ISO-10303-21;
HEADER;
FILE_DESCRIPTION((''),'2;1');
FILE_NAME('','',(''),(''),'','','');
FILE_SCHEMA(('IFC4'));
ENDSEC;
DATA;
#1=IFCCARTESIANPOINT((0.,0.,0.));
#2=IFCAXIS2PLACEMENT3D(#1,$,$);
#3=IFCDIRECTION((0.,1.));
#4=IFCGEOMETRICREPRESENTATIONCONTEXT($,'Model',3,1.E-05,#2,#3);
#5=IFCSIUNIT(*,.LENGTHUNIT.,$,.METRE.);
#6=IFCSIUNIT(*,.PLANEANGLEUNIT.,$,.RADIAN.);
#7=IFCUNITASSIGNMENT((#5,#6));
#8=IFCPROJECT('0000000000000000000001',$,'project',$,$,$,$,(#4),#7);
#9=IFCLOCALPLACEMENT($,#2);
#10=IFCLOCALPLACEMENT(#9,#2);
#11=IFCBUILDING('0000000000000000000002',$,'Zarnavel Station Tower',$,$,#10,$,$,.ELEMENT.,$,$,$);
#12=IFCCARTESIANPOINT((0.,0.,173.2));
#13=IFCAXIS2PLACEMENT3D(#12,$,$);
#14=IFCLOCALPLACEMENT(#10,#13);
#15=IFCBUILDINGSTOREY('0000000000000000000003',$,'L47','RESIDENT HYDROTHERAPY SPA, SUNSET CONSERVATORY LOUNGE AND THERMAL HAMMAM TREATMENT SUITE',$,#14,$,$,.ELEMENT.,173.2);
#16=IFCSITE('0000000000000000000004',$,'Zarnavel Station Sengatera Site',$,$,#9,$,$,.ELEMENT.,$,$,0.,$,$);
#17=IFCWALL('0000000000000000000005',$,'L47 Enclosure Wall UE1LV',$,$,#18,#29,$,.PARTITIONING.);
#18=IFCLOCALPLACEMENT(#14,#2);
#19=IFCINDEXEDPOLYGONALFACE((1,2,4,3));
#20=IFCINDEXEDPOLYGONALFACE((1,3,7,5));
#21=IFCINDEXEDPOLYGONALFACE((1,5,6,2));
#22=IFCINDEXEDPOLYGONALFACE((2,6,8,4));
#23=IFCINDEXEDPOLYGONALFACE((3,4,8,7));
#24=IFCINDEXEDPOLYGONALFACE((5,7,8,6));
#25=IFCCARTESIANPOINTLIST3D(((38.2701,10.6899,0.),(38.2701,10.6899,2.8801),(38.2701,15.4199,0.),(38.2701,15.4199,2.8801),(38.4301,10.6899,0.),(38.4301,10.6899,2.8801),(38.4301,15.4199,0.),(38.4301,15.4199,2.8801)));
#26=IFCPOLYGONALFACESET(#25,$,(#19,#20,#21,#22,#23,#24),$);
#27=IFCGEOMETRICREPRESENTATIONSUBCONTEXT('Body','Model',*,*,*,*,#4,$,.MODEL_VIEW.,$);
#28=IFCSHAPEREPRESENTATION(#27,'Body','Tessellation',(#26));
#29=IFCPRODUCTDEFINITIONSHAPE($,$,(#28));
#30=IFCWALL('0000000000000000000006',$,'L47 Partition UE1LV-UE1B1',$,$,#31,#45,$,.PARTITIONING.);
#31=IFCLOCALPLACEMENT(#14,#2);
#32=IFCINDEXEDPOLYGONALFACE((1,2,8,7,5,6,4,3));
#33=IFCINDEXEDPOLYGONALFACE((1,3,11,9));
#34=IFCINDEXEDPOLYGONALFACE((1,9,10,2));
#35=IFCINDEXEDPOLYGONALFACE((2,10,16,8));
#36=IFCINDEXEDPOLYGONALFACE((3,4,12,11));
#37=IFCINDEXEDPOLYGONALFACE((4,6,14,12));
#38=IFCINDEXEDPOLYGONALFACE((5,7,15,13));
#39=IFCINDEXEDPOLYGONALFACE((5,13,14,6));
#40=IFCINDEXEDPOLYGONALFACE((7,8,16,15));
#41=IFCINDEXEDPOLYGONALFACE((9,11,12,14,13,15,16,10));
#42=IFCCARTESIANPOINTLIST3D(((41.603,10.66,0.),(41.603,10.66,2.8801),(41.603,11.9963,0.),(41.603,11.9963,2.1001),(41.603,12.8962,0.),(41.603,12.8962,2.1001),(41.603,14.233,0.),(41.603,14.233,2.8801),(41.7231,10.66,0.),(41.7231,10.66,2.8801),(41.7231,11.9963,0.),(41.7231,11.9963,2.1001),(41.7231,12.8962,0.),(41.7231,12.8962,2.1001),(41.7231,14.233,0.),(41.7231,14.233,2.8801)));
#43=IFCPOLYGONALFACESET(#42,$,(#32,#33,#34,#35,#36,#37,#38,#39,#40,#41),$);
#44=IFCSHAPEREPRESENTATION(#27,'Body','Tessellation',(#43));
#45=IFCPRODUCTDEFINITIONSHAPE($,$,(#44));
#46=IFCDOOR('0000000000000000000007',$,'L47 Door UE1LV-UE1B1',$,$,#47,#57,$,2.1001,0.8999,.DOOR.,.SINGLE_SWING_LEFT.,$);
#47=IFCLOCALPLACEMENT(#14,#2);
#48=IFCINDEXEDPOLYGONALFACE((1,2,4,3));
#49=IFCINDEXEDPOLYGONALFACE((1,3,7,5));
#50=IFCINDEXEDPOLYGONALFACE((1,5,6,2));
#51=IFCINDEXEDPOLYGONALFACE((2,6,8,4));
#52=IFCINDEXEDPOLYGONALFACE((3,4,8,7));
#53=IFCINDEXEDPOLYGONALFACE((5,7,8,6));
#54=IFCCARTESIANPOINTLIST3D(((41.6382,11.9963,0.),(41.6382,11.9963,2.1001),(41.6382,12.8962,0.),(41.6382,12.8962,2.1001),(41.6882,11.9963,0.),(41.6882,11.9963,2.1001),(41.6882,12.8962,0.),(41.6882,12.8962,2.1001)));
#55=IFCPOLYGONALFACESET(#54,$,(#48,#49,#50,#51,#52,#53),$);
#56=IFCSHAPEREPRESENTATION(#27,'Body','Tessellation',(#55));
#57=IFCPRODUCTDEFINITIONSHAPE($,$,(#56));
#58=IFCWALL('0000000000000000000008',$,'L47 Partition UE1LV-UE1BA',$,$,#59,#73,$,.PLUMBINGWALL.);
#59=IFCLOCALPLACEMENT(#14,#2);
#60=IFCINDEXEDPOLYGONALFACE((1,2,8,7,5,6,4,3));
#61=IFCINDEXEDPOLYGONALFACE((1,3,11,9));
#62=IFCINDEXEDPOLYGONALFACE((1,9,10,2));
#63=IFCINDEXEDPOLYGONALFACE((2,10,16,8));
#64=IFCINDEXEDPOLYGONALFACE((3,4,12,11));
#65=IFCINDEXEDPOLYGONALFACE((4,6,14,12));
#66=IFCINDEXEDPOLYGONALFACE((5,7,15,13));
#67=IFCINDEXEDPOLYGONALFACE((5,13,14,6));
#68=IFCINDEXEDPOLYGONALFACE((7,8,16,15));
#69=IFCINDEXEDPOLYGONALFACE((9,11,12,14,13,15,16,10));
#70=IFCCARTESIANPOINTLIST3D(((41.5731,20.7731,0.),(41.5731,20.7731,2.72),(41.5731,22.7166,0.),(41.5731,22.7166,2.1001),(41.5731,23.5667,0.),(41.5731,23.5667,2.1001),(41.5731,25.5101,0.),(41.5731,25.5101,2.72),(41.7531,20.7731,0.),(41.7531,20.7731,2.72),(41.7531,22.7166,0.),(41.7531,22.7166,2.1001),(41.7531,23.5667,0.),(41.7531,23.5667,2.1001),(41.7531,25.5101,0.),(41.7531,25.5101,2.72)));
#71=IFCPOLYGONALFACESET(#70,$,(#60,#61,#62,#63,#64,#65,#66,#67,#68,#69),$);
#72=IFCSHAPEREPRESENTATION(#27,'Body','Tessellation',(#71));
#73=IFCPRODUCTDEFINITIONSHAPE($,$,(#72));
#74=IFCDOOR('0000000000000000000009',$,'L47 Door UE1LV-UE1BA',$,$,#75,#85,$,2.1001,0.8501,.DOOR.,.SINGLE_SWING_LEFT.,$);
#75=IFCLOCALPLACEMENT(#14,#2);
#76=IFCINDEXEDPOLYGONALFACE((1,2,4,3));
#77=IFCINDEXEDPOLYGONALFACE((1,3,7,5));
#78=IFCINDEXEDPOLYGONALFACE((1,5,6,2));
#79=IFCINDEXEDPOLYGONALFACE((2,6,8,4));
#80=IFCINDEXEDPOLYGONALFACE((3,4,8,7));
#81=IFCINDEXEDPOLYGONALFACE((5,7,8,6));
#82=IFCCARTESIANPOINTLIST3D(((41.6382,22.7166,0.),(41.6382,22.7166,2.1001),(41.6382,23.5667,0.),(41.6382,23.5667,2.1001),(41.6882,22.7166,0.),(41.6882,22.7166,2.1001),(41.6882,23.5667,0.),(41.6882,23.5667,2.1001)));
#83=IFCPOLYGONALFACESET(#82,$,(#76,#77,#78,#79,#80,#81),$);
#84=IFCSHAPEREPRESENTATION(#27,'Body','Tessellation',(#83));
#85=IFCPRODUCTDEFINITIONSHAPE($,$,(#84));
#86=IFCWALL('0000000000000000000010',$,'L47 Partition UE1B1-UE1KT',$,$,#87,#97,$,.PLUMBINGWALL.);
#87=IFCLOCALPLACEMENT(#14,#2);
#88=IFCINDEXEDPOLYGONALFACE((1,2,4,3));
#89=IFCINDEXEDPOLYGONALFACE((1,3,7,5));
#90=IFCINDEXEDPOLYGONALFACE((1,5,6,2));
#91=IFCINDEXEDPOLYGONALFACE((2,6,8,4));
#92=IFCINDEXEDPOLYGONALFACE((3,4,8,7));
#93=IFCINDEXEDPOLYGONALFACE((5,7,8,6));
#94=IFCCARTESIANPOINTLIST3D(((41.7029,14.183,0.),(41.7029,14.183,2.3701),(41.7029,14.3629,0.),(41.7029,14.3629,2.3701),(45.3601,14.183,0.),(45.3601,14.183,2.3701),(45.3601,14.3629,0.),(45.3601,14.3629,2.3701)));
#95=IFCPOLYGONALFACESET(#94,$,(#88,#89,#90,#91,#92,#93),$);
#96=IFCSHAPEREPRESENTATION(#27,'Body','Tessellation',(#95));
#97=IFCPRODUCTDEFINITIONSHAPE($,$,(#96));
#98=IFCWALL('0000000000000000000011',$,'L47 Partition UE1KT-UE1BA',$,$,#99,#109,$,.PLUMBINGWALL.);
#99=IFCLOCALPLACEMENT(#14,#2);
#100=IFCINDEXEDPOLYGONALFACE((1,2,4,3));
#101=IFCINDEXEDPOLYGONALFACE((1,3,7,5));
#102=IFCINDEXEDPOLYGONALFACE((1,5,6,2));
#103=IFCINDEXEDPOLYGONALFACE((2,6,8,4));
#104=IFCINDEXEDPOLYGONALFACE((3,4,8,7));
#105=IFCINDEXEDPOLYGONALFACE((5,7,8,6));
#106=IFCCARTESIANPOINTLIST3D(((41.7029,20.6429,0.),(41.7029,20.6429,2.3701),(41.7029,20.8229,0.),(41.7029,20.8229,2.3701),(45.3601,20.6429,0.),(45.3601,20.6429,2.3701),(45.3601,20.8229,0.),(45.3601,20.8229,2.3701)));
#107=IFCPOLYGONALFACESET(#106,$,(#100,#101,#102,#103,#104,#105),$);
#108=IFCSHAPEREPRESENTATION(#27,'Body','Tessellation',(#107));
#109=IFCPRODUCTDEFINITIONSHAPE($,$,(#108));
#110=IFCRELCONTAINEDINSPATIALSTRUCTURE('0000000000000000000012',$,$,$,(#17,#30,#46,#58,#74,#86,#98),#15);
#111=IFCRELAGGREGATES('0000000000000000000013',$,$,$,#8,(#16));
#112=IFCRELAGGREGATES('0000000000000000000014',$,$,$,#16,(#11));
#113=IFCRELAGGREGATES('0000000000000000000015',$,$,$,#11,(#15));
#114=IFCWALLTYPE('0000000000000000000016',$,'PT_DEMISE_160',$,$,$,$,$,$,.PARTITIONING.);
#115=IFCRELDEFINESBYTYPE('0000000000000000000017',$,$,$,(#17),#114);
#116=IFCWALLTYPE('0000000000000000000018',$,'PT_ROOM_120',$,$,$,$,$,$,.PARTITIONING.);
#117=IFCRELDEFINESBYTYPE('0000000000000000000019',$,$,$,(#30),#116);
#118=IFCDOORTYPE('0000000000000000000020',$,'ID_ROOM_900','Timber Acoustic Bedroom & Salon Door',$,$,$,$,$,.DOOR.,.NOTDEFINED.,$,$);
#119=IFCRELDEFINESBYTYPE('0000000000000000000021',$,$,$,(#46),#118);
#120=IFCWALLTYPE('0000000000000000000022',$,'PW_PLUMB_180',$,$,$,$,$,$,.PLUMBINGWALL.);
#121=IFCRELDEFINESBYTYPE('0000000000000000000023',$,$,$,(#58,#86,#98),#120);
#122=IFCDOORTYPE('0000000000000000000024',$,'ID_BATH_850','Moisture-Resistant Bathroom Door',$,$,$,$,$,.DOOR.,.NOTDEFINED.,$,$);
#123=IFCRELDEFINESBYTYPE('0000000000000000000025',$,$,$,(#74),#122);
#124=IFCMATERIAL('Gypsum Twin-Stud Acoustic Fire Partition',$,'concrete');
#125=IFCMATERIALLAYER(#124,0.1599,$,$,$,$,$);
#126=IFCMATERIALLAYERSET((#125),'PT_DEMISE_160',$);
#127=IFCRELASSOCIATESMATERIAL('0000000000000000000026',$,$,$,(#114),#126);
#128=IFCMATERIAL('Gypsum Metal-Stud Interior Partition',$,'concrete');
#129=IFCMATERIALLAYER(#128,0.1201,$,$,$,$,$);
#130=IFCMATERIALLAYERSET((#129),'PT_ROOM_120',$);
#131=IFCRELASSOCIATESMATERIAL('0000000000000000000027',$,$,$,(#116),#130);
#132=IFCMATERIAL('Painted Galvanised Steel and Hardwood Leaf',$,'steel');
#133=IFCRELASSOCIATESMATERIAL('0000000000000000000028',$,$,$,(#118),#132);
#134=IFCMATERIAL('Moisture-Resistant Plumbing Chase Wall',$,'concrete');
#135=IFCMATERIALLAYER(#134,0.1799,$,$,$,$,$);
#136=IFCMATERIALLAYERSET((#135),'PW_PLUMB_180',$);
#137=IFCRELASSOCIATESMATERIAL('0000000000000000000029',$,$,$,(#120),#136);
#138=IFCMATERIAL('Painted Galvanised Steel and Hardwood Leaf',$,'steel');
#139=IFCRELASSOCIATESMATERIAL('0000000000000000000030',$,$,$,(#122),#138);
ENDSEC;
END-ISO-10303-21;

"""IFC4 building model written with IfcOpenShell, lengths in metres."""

from ifc_helpers import new_model, si_unit, direction, frame, frame_2d, origin, place, context, subcontext, project, spatial, rectangle, extrude, material, layer, layer_set, type_object, element, fill, save


model = new_model("IFC4")

# Units and contexts
model_context = context("Model", 3, precision=1e-05, world=origin(), true_north=direction((0.0, 1.0)))
body_context = subcontext(model_context, "Body", "Model", "MODEL_VIEW")
ifc_project = project(units=[si_unit("LENGTHUNIT", "METRE"), si_unit("PLANEANGLEUNIT", "RADIAN")], contexts=[model_context])

# Site, building, storey
site_placement = place(None, origin())
site = spatial("IfcSite", under=ifc_project, at=site_placement, Name="Zarnavel Station Sengatera Site", CompositionType="ELEMENT", RefElevation=0.0)
building_placement = place(site_placement, origin())
building = spatial("IfcBuilding", under=site, at=building_placement, Name="Zarnavel Station Tower", CompositionType="ELEMENT")
storey_placement = place(building_placement, frame((0.0, 0.0, 173.2)))
storey = spatial("IfcBuildingStorey", under=building, at=storey_placement, Name="L47", Description="RESIDENT HYDROTHERAPY SPA, SUNSET CONSERVATORY LOUNGE AND THERMAL HAMMAM TREATMENT SUITE", CompositionType="ELEMENT", Elevation=173.2)

# Shared definitions
ifc_material_1 = material(Name="Gypsum Twin-Stud Acoustic Fire Partition", Category="concrete")
ifc_layer_1 = layer(ifc_material_1, 0.1599)
ifc_layer_set_1 = layer_set([ifc_layer_1], Name="PT_DEMISE_160")
wall_type_1 = type_object("IfcWallType", Name="PT_DEMISE_160", PredefinedType="PARTITIONING", material=ifc_layer_set_1)

# Wall
wall_1_placement = place(storey_placement, frame((38.3501, 10.6899, 0.0), z_axis=(0.0, 0.0, 1.0), x_axis=(0.0, 1.0, 0.0)))
element("IfcWall", 1, at=wall_1_placement, inside=storey, type_object=wall_type_1, Name="L47 Enclosure Wall UE1LV", PredefinedType="PARTITIONING", context=body_context, shape_type="SweptSolid", body=[
    extrude(rectangle(XDim=4.73, YDim=0.1599, at=frame_2d((2.365, 0.0))), origin(), (0.0, 0.0, 1.0), 2.8801),
])

# Walls, openings, doors
ifc_material_2 = material(Name="Gypsum Metal-Stud Interior Partition", Category="concrete")
ifc_layer_2 = layer(ifc_material_2, 0.1201)
ifc_layer_set_2 = layer_set([ifc_layer_2], Name="PT_ROOM_120")
wall_type_2 = type_object("IfcWallType", Name="PT_ROOM_120", PredefinedType="PARTITIONING", material=ifc_layer_set_2)
wall_2_placement = place(storey_placement, frame((41.6631, 10.6599, 0.0), z_axis=(0.0, 0.0, 1.0), x_axis=(0.0, 1.0, 0.0)))
wall_2 = element("IfcWall", 2, at=wall_2_placement, inside=storey, type_object=wall_type_2, Name="L47 Partition UE1LV-UE1B1", PredefinedType="PARTITIONING", context=body_context, shape_type="SweptSolid", body=[
    extrude(rectangle(XDim=3.573, YDim=0.1201, at=frame_2d((1.7866, 0.0))), origin(), (0.0, 0.0, 1.0), 2.8801),
])
opening_1_placement = place(wall_2_placement, frame((1.3364, 0.0, 0.0)))
opening_1 = element("IfcOpeningElement", 3, at=opening_1_placement, cuts=wall_2, PredefinedType="OPENING", context=body_context, shape_type="SweptSolid", body=[
    extrude(rectangle(XDim=0.8999, YDim=2.1001, at=frame_2d((0.45, 1.05))), frame((0.0, 0.0701, 0.0), z_axis=(0.0, -1.0, 0.0), x_axis=(1.0, 0.0, 0.0)), (0.0, 0.0, 1.0), 0.1401),
])
ifc_material_3 = material(Name="Painted Galvanised Steel and Hardwood Leaf", Category="steel")
door_type_1 = type_object("IfcDoorType", Name="ID_ROOM_900", Description="Timber Acoustic Bedroom & Salon Door", OperationType="NOTDEFINED", PredefinedType="DOOR", material=ifc_material_3)
door_1_placement = place(opening_1_placement, origin())
door_1 = element("IfcDoor", 4, at=door_1_placement, inside=storey, type_object=door_type_1, Name="L47 Door UE1LV-UE1B1", OperationType="SINGLE_SWING_LEFT", OverallHeight=2.1001, OverallWidth=0.8999, PredefinedType="DOOR", context=body_context, shape_type="SweptSolid", body=[
    extrude(rectangle(XDim=0.8999, YDim=2.1001, at=frame_2d((0.45, 1.05))), frame((0.0, 0.0249, 0.0), z_axis=(0.0, -1.0, 0.0), x_axis=(1.0, 0.0, 0.0)), (0.0, 0.0, 1.0), 0.05),
])
fill(opening_1, door_1)
ifc_material_4 = material(Name="Moisture-Resistant Plumbing Chase Wall", Category="concrete")
ifc_layer_3 = layer(ifc_material_4, 0.1799)
ifc_layer_set_3 = layer_set([ifc_layer_3], Name="PW_PLUMB_180")
wall_type_3 = type_object("IfcWallType", Name="PW_PLUMB_180", PredefinedType="PLUMBINGWALL", material=ifc_layer_set_3)
wall_3_placement = place(storey_placement, frame((41.6631, 20.7729, 0.0), z_axis=(0.0, 0.0, 1.0), x_axis=(0.0, 1.0, 0.0)))
wall_3 = element("IfcWall", 5, at=wall_3_placement, inside=storey, type_object=wall_type_3, Name="L47 Partition UE1LV-UE1BA", PredefinedType="PLUMBINGWALL", context=body_context, shape_type="SweptSolid", body=[
    extrude(rectangle(XDim=4.7371, YDim=0.1799, at=frame_2d((2.3687, 0.0))), origin(), (0.0, 0.0, 1.0), 2.72),
])
opening_2_placement = place(wall_3_placement, frame((1.9436, 0.0, 0.0)))
opening_2 = element("IfcOpeningElement", 6, at=opening_2_placement, cuts=wall_3, PredefinedType="OPENING", context=body_context, shape_type="SweptSolid", body=[
    extrude(rectangle(XDim=0.8501, YDim=2.1001, at=frame_2d((0.425, 1.05))), frame((0.0, 0.0999, 0.0), z_axis=(0.0, -1.0, 0.0), x_axis=(1.0, 0.0, 0.0)), (0.0, 0.0, 1.0), 0.2),
])
ifc_material_5 = material(Name="Painted Galvanised Steel and Hardwood Leaf", Category="steel")
door_type_2 = type_object("IfcDoorType", Name="ID_BATH_850", Description="Moisture-Resistant Bathroom Door", OperationType="NOTDEFINED", PredefinedType="DOOR", material=ifc_material_5)
door_2_placement = place(opening_2_placement, origin())
door_2 = element("IfcDoor", 7, at=door_2_placement, inside=storey, type_object=door_type_2, Name="L47 Door UE1LV-UE1BA", OperationType="SINGLE_SWING_LEFT", OverallHeight=2.1001, OverallWidth=0.8501, PredefinedType="DOOR", context=body_context, shape_type="SweptSolid", body=[
    extrude(rectangle(XDim=0.8501, YDim=2.1001, at=frame_2d((0.425, 1.05))), frame((0.0, 0.0249, 0.0), z_axis=(0.0, -1.0, 0.0), x_axis=(1.0, 0.0, 0.0)), (0.0, 0.0, 1.0), 0.05),
])
fill(opening_2, door_2)

# Walls
for number, where, z_axis, x_axis, name in (
    (8, (41.7029, 14.2729, 0.0), (0.0, 0.0, 1.0), (1.0, 0.0, 0.0), "L47 Partition UE1B1-UE1KT"),
    (9, (41.7029, 20.7329, 0.0), (0.0, 0.0, 1.0), (1.0, 0.0, 0.0), "L47 Partition UE1KT-UE1BA"),
):
    element("IfcWall", number, at=place(storey_placement, frame(where, z_axis=z_axis, x_axis=x_axis)), inside=storey, type_object=wall_type_3, Name=name, PredefinedType="PLUMBINGWALL", context=body_context, shape_type="SweptSolid", body=[
        extrude(rectangle(XDim=3.6572, YDim=0.1799, at=frame_2d((1.8286, 0.0))), origin(), (0.0, 0.0, 1.0), 2.3701),
    ])

save(model, "model.ifc")
